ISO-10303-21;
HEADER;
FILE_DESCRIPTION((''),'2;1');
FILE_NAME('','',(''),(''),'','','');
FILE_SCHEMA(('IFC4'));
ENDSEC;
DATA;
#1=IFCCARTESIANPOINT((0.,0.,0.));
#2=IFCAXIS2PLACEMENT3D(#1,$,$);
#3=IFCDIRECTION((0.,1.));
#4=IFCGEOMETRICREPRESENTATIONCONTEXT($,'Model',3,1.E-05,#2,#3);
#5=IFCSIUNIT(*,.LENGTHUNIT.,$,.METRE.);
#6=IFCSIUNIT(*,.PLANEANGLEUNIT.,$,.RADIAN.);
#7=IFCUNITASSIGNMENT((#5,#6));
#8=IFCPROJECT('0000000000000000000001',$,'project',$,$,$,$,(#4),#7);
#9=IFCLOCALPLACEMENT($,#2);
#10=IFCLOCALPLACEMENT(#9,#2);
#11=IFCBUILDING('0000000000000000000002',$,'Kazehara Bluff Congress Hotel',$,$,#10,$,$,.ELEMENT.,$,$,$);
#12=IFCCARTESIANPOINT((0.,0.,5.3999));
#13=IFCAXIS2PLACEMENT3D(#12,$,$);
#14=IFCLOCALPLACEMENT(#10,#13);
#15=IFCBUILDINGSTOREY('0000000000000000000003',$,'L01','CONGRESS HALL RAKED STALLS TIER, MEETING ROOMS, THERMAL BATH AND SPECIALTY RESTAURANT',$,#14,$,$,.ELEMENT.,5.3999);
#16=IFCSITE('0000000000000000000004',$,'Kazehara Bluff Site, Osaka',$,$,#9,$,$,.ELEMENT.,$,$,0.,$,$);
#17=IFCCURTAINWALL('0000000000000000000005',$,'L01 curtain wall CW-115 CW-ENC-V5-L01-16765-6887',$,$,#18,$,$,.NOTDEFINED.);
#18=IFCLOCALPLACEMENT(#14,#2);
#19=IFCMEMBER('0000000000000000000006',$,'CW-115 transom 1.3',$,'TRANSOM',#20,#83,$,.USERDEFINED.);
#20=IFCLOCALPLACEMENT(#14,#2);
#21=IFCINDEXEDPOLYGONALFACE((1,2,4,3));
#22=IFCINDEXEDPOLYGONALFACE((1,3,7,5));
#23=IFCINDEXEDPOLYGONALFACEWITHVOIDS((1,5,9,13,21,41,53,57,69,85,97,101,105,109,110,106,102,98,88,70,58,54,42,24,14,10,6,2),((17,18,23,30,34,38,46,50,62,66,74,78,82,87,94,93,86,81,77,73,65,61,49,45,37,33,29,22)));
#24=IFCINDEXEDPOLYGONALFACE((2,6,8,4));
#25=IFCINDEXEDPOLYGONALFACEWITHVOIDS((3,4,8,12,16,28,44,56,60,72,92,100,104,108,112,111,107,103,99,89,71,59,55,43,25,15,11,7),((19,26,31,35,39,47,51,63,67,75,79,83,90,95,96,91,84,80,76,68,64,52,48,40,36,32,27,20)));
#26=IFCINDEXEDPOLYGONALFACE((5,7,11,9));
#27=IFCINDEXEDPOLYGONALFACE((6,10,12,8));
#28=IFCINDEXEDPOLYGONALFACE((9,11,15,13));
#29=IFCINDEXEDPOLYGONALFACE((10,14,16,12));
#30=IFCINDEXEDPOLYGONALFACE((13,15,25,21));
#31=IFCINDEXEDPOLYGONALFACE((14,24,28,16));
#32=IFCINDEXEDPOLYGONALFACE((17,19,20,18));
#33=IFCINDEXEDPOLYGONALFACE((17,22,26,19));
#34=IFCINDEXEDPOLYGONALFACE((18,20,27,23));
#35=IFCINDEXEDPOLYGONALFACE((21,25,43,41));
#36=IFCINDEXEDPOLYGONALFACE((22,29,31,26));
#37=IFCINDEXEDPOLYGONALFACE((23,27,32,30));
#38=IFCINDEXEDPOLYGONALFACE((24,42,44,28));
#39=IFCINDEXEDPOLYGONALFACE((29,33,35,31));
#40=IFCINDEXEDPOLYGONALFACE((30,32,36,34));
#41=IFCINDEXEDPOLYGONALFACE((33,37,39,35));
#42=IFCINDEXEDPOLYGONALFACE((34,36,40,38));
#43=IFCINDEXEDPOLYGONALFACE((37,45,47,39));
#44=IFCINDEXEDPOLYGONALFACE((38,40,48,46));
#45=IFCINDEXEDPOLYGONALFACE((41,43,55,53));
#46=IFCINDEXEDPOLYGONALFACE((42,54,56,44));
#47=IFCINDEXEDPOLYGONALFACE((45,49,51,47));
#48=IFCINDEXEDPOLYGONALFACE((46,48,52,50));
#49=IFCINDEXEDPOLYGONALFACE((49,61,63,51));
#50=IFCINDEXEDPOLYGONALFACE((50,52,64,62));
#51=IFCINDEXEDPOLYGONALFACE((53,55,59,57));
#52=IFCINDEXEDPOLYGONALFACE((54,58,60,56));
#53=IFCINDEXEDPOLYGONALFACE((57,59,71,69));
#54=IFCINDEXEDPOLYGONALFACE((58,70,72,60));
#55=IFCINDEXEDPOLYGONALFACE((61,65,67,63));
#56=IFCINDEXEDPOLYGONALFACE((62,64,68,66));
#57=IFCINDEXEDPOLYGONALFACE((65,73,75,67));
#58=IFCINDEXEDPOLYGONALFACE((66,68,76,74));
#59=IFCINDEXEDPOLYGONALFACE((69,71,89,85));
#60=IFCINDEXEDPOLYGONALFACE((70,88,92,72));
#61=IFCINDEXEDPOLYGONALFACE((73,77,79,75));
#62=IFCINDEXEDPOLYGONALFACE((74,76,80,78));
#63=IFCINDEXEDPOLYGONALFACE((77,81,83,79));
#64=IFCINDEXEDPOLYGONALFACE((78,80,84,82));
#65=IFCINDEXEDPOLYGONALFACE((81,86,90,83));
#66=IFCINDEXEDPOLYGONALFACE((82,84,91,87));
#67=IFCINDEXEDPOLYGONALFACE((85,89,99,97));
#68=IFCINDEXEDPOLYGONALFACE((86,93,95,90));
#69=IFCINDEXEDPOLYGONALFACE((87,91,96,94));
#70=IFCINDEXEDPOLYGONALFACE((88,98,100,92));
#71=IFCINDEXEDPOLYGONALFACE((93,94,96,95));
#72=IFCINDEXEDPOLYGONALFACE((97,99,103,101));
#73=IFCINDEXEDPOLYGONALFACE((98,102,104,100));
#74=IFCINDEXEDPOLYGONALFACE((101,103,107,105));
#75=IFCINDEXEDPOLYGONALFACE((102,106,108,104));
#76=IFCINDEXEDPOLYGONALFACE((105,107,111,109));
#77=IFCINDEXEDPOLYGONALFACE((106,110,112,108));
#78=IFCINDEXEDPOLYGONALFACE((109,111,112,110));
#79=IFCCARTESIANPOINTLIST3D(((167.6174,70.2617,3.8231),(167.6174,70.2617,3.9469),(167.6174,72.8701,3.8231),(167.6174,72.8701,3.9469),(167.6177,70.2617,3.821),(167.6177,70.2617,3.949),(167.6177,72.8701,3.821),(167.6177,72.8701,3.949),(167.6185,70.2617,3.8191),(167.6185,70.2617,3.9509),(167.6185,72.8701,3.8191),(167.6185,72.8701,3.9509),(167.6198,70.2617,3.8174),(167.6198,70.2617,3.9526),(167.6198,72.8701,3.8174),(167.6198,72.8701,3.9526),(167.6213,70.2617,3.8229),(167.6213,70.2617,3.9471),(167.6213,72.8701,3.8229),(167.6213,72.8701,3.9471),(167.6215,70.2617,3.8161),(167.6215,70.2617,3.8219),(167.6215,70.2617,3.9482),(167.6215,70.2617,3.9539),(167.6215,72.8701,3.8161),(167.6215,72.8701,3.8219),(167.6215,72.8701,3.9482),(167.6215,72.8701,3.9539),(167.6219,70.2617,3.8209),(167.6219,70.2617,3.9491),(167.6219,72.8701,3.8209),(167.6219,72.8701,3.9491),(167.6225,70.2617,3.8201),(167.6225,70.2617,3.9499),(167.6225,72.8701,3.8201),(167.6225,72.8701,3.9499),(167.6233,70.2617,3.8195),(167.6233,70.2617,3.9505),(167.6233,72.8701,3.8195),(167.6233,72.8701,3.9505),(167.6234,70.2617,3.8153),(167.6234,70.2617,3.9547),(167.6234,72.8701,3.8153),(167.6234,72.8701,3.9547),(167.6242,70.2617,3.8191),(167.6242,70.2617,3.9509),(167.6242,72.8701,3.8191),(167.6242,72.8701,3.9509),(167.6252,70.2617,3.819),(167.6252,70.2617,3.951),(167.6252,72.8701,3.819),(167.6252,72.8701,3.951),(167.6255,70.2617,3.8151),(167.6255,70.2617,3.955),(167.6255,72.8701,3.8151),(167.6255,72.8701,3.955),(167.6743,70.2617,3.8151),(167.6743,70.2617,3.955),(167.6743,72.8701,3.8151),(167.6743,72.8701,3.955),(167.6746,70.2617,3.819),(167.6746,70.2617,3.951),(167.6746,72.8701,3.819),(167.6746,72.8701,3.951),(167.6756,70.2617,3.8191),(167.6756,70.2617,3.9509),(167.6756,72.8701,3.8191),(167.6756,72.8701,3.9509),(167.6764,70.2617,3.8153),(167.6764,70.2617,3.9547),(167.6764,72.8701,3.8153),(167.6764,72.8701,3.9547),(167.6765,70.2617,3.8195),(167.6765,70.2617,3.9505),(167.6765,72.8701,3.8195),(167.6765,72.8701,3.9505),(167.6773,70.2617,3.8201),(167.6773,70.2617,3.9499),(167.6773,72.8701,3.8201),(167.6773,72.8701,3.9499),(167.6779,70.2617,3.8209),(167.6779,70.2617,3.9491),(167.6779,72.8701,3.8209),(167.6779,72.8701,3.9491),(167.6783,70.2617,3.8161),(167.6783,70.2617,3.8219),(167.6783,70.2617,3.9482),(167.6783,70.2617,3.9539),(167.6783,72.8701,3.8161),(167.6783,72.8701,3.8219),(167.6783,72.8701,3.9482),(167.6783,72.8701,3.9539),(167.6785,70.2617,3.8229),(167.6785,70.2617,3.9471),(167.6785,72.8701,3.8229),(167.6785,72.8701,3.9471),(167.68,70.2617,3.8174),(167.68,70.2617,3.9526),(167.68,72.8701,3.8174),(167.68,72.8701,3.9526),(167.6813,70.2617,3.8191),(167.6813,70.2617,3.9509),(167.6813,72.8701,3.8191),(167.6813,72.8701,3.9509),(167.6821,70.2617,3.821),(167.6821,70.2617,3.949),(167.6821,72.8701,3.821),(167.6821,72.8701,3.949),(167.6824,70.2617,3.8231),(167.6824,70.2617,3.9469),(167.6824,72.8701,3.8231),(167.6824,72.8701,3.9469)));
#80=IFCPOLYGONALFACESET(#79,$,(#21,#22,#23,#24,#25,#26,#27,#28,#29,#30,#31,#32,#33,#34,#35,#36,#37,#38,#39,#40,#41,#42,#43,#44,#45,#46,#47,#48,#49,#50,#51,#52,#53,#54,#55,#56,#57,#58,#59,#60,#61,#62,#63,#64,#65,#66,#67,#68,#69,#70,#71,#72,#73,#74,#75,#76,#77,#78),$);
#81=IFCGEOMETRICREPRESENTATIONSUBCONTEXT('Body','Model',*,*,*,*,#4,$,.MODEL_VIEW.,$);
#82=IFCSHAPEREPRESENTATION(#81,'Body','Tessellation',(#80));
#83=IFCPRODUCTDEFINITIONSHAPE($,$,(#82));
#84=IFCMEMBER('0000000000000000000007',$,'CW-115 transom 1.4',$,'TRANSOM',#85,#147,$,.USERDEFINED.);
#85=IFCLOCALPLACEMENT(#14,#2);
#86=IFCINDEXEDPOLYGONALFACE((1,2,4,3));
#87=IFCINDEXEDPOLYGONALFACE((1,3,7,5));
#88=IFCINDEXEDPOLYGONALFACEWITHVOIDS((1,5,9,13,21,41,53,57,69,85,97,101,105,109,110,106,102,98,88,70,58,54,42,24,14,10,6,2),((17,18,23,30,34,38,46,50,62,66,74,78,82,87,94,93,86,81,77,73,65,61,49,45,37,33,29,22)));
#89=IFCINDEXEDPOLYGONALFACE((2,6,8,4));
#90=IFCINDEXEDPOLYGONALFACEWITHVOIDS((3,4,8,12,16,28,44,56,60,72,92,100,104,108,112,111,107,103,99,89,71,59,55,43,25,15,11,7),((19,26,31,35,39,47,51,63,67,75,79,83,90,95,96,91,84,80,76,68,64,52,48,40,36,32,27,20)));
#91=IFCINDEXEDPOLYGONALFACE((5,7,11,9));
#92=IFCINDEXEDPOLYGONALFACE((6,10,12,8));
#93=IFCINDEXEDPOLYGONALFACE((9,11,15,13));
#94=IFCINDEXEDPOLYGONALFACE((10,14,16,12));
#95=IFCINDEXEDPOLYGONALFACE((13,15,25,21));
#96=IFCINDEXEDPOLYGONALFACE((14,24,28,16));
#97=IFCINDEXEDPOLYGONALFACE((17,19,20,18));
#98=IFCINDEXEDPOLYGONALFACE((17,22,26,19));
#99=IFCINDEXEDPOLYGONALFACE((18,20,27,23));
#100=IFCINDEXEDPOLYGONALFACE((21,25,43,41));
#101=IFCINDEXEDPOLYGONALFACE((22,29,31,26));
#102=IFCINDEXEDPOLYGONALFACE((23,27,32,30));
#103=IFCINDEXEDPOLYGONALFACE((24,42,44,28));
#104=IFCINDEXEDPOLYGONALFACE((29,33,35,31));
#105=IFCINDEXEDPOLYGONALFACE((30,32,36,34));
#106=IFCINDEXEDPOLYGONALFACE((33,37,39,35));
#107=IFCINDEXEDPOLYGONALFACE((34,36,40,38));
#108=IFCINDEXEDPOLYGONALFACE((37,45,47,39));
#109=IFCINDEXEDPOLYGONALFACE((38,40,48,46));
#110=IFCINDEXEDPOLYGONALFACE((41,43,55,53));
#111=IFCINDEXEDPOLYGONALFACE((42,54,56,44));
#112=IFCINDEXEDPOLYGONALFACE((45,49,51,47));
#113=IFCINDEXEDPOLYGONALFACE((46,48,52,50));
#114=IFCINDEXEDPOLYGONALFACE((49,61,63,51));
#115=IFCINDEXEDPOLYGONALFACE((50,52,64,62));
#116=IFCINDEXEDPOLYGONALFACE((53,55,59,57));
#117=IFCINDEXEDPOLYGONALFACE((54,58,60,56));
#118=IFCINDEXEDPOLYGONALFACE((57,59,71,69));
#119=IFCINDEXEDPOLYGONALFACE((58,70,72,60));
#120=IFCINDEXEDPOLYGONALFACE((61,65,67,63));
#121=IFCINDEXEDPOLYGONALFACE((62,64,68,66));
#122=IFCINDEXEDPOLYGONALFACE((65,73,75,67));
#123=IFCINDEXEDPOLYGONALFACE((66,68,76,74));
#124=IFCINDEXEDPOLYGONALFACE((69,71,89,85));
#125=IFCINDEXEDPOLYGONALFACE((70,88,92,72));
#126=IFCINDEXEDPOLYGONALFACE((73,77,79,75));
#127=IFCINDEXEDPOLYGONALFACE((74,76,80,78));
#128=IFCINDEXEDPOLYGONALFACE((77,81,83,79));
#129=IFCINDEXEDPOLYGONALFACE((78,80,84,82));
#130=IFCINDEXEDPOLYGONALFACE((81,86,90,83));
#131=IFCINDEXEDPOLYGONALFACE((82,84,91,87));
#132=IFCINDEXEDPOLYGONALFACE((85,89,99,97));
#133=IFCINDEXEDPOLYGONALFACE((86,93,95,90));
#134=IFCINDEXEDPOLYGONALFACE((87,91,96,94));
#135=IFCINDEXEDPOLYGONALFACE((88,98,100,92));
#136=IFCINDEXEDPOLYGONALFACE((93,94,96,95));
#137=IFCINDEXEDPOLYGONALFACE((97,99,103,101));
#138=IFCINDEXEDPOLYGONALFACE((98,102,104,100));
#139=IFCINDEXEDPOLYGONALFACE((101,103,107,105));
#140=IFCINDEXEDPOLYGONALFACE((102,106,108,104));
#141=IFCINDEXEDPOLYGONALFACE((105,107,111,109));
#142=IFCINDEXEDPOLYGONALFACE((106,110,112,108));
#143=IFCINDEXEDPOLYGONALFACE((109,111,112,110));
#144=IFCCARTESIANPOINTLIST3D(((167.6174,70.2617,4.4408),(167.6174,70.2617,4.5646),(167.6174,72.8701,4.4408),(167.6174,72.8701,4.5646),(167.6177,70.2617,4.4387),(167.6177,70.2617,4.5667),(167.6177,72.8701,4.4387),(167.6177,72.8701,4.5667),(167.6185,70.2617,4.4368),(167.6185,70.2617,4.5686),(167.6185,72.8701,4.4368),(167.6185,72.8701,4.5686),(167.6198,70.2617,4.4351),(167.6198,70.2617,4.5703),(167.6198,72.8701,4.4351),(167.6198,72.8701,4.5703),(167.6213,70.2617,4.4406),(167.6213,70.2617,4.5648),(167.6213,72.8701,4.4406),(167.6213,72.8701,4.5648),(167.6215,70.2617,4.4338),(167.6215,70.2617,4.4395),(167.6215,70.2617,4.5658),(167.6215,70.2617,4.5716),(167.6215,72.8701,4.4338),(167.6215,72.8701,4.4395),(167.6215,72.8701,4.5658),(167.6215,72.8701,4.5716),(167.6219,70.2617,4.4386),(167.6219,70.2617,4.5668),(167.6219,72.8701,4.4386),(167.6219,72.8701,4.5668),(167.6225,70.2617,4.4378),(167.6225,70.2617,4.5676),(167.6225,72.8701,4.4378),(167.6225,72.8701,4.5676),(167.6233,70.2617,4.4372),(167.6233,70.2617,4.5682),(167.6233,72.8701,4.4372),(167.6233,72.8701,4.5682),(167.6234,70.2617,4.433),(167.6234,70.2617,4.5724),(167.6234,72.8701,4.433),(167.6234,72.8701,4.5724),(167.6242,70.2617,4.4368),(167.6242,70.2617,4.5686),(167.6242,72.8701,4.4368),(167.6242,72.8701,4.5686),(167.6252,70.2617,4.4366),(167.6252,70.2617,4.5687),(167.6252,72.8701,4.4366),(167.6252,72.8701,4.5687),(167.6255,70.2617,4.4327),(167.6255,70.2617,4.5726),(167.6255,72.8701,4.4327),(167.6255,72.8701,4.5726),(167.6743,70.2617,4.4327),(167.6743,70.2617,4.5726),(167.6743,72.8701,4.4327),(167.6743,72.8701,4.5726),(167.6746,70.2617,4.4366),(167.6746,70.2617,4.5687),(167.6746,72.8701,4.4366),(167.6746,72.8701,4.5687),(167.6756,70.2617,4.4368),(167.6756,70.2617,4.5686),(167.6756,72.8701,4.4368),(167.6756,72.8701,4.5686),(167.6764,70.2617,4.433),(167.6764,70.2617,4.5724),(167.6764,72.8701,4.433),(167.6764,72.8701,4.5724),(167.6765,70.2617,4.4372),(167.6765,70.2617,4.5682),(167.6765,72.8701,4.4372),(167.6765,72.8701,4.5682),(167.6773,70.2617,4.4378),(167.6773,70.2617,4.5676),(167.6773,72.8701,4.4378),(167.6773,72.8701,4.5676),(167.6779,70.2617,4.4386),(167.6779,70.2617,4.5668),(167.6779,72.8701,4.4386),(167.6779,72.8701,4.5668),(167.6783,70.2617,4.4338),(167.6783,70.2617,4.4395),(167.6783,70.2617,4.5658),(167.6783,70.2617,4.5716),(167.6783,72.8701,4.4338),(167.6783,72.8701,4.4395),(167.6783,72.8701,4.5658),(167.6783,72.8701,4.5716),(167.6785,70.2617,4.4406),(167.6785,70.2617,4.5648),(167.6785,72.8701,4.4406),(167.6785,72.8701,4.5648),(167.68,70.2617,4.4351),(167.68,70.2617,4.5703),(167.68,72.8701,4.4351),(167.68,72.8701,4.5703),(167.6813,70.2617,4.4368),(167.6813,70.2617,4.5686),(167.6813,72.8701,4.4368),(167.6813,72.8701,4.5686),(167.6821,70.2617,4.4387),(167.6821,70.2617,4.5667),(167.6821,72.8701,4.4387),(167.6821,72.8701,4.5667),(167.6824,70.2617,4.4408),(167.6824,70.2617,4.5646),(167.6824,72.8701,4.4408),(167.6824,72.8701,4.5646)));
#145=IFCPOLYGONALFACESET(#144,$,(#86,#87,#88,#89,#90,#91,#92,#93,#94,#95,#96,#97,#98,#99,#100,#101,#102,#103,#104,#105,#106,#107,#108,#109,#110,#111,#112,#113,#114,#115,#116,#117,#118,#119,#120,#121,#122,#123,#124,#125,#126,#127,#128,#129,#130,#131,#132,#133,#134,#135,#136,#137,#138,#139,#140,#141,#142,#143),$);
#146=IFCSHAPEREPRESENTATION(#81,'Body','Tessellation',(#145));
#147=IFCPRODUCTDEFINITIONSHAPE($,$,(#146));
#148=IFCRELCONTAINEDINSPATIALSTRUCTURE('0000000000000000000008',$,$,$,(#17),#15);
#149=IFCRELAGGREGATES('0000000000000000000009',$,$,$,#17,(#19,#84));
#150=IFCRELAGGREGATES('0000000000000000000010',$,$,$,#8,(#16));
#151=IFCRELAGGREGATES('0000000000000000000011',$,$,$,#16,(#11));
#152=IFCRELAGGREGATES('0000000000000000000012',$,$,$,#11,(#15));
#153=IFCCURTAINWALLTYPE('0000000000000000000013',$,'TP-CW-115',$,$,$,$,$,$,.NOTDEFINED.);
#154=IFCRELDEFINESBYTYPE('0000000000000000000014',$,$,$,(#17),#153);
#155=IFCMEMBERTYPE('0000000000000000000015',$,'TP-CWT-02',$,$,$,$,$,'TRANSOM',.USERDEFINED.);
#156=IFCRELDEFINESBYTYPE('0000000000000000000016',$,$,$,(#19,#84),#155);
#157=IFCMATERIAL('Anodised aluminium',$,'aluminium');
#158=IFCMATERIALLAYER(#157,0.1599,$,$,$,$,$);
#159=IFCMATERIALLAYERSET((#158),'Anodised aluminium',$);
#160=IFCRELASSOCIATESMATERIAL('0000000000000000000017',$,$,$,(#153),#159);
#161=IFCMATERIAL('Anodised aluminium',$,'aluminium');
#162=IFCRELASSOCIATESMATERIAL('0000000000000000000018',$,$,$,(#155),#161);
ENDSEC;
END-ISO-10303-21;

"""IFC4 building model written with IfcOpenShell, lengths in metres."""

from ifc_helpers import new_model, si_unit, direction, frame, origin, origin_2d, place, context, subcontext, project, spatial, hollow_rectangle, extrude, material, layer, layer_set, material_profile, profile_set, type_object, element, aggregate, save


model = new_model("IFC4")

# Units and contexts
model_context = context("Model", 3, precision=1e-05, world=origin(), true_north=direction((0.0, 1.0)))
body_context = subcontext(model_context, "Body", "Model", "MODEL_VIEW")
ifc_project = project(units=[si_unit("LENGTHUNIT", "METRE"), si_unit("PLANEANGLEUNIT", "RADIAN")], contexts=[model_context])

# Site, building, storey
site_placement = place(None, origin())
site = spatial("IfcSite", under=ifc_project, at=site_placement, Name="Kazehara Bluff Site, Osaka", CompositionType="ELEMENT", RefElevation=0.0)
building_placement = place(site_placement, origin())
building = spatial("IfcBuilding", under=site, at=building_placement, Name="Kazehara Bluff Congress Hotel", CompositionType="ELEMENT")
storey_placement = place(building_placement, frame((0.0, 0.0, 5.3999)))
storey = spatial("IfcBuildingStorey", under=building, at=storey_placement, Name="L01", Description="CONGRESS HALL RAKED STALLS TIER, MEETING ROOMS, THERMAL BATH AND SPECIALTY RESTAURANT", CompositionType="ELEMENT", Elevation=5.3999)

# Curtain wall, members
ifc_material_1 = material(Name="Anodised aluminium", Category="aluminium")
ifc_layer_1 = layer(ifc_material_1, 0.1599)
ifc_layer_set_1 = layer_set([ifc_layer_1], Name="Anodised aluminium")
curtain_wall_type_1 = type_object("IfcCurtainWallType", Name="TP-CW-115", PredefinedType="NOTDEFINED", material=ifc_layer_set_1)
curtain_wall_1_placement = place(storey_placement, origin())
curtain_wall_1 = element("IfcCurtainWall", 1, at=curtain_wall_1_placement, inside=storey, type_object=curtain_wall_type_1, Name="L01 curtain wall CW-115 CW-ENC-V5-L01-16765-6887", PredefinedType="NOTDEFINED")
ifc_material_2 = material(Name="Anodised aluminium", Category="aluminium")
ifc_material_profile_1 = material_profile(ifc_material_2, hollow_rectangle(XDim=0.0649, YDim=0.1399, WallThickness=0.0039, InnerFilletRadius=0.0039, OuterFilletRadius=0.0081, at=origin_2d()))
ifc_profile_set_1 = profile_set([ifc_material_profile_1], Name="Anodised aluminium")
member_type_1 = type_object("IfcMemberType", Name="TP-CWT-02", ElementType="TRANSOM", PredefinedType="USERDEFINED", material=ifc_profile_set_1)
member_1_placement = place(storey_placement, frame((167.6499, 72.8701, 3.885), z_axis=(0.0, -1.0, 0.0), x_axis=(1.0, 0.0, 0.0)))
member_1 = element("IfcMember", 2, at=member_1_placement, type_object=member_type_1, Name="CW-115 transom 1.3", ObjectType="TRANSOM", PredefinedType="USERDEFINED", context=body_context, shape_type="SweptSolid", body=[
    extrude(hollow_rectangle(XDim=0.0649, YDim=0.1399, WallThickness=0.0039, InnerFilletRadius=0.0039, OuterFilletRadius=0.0081, at=origin_2d()), origin(), (0.0, 0.0, 1.0), 2.6084),
])
member_2_placement = place(storey_placement, frame((167.6499, 72.8701, 4.5027), z_axis=(0.0, -1.0, 0.0), x_axis=(1.0, 0.0, 0.0)))
member_2 = element("IfcMember", 3, at=member_2_placement, type_object=member_type_1, Name="CW-115 transom 1.4", ObjectType="TRANSOM", PredefinedType="USERDEFINED", context=body_context, shape_type="SweptSolid", body=[
    extrude(hollow_rectangle(XDim=0.0649, YDim=0.1399, WallThickness=0.0039, InnerFilletRadius=0.0039, OuterFilletRadius=0.0081, at=origin_2d()), origin(), (0.0, 0.0, 1.0), 2.6084),
])

aggregate(curtain_wall_1, [member_1, member_2])

save(model, "model.ifc")
